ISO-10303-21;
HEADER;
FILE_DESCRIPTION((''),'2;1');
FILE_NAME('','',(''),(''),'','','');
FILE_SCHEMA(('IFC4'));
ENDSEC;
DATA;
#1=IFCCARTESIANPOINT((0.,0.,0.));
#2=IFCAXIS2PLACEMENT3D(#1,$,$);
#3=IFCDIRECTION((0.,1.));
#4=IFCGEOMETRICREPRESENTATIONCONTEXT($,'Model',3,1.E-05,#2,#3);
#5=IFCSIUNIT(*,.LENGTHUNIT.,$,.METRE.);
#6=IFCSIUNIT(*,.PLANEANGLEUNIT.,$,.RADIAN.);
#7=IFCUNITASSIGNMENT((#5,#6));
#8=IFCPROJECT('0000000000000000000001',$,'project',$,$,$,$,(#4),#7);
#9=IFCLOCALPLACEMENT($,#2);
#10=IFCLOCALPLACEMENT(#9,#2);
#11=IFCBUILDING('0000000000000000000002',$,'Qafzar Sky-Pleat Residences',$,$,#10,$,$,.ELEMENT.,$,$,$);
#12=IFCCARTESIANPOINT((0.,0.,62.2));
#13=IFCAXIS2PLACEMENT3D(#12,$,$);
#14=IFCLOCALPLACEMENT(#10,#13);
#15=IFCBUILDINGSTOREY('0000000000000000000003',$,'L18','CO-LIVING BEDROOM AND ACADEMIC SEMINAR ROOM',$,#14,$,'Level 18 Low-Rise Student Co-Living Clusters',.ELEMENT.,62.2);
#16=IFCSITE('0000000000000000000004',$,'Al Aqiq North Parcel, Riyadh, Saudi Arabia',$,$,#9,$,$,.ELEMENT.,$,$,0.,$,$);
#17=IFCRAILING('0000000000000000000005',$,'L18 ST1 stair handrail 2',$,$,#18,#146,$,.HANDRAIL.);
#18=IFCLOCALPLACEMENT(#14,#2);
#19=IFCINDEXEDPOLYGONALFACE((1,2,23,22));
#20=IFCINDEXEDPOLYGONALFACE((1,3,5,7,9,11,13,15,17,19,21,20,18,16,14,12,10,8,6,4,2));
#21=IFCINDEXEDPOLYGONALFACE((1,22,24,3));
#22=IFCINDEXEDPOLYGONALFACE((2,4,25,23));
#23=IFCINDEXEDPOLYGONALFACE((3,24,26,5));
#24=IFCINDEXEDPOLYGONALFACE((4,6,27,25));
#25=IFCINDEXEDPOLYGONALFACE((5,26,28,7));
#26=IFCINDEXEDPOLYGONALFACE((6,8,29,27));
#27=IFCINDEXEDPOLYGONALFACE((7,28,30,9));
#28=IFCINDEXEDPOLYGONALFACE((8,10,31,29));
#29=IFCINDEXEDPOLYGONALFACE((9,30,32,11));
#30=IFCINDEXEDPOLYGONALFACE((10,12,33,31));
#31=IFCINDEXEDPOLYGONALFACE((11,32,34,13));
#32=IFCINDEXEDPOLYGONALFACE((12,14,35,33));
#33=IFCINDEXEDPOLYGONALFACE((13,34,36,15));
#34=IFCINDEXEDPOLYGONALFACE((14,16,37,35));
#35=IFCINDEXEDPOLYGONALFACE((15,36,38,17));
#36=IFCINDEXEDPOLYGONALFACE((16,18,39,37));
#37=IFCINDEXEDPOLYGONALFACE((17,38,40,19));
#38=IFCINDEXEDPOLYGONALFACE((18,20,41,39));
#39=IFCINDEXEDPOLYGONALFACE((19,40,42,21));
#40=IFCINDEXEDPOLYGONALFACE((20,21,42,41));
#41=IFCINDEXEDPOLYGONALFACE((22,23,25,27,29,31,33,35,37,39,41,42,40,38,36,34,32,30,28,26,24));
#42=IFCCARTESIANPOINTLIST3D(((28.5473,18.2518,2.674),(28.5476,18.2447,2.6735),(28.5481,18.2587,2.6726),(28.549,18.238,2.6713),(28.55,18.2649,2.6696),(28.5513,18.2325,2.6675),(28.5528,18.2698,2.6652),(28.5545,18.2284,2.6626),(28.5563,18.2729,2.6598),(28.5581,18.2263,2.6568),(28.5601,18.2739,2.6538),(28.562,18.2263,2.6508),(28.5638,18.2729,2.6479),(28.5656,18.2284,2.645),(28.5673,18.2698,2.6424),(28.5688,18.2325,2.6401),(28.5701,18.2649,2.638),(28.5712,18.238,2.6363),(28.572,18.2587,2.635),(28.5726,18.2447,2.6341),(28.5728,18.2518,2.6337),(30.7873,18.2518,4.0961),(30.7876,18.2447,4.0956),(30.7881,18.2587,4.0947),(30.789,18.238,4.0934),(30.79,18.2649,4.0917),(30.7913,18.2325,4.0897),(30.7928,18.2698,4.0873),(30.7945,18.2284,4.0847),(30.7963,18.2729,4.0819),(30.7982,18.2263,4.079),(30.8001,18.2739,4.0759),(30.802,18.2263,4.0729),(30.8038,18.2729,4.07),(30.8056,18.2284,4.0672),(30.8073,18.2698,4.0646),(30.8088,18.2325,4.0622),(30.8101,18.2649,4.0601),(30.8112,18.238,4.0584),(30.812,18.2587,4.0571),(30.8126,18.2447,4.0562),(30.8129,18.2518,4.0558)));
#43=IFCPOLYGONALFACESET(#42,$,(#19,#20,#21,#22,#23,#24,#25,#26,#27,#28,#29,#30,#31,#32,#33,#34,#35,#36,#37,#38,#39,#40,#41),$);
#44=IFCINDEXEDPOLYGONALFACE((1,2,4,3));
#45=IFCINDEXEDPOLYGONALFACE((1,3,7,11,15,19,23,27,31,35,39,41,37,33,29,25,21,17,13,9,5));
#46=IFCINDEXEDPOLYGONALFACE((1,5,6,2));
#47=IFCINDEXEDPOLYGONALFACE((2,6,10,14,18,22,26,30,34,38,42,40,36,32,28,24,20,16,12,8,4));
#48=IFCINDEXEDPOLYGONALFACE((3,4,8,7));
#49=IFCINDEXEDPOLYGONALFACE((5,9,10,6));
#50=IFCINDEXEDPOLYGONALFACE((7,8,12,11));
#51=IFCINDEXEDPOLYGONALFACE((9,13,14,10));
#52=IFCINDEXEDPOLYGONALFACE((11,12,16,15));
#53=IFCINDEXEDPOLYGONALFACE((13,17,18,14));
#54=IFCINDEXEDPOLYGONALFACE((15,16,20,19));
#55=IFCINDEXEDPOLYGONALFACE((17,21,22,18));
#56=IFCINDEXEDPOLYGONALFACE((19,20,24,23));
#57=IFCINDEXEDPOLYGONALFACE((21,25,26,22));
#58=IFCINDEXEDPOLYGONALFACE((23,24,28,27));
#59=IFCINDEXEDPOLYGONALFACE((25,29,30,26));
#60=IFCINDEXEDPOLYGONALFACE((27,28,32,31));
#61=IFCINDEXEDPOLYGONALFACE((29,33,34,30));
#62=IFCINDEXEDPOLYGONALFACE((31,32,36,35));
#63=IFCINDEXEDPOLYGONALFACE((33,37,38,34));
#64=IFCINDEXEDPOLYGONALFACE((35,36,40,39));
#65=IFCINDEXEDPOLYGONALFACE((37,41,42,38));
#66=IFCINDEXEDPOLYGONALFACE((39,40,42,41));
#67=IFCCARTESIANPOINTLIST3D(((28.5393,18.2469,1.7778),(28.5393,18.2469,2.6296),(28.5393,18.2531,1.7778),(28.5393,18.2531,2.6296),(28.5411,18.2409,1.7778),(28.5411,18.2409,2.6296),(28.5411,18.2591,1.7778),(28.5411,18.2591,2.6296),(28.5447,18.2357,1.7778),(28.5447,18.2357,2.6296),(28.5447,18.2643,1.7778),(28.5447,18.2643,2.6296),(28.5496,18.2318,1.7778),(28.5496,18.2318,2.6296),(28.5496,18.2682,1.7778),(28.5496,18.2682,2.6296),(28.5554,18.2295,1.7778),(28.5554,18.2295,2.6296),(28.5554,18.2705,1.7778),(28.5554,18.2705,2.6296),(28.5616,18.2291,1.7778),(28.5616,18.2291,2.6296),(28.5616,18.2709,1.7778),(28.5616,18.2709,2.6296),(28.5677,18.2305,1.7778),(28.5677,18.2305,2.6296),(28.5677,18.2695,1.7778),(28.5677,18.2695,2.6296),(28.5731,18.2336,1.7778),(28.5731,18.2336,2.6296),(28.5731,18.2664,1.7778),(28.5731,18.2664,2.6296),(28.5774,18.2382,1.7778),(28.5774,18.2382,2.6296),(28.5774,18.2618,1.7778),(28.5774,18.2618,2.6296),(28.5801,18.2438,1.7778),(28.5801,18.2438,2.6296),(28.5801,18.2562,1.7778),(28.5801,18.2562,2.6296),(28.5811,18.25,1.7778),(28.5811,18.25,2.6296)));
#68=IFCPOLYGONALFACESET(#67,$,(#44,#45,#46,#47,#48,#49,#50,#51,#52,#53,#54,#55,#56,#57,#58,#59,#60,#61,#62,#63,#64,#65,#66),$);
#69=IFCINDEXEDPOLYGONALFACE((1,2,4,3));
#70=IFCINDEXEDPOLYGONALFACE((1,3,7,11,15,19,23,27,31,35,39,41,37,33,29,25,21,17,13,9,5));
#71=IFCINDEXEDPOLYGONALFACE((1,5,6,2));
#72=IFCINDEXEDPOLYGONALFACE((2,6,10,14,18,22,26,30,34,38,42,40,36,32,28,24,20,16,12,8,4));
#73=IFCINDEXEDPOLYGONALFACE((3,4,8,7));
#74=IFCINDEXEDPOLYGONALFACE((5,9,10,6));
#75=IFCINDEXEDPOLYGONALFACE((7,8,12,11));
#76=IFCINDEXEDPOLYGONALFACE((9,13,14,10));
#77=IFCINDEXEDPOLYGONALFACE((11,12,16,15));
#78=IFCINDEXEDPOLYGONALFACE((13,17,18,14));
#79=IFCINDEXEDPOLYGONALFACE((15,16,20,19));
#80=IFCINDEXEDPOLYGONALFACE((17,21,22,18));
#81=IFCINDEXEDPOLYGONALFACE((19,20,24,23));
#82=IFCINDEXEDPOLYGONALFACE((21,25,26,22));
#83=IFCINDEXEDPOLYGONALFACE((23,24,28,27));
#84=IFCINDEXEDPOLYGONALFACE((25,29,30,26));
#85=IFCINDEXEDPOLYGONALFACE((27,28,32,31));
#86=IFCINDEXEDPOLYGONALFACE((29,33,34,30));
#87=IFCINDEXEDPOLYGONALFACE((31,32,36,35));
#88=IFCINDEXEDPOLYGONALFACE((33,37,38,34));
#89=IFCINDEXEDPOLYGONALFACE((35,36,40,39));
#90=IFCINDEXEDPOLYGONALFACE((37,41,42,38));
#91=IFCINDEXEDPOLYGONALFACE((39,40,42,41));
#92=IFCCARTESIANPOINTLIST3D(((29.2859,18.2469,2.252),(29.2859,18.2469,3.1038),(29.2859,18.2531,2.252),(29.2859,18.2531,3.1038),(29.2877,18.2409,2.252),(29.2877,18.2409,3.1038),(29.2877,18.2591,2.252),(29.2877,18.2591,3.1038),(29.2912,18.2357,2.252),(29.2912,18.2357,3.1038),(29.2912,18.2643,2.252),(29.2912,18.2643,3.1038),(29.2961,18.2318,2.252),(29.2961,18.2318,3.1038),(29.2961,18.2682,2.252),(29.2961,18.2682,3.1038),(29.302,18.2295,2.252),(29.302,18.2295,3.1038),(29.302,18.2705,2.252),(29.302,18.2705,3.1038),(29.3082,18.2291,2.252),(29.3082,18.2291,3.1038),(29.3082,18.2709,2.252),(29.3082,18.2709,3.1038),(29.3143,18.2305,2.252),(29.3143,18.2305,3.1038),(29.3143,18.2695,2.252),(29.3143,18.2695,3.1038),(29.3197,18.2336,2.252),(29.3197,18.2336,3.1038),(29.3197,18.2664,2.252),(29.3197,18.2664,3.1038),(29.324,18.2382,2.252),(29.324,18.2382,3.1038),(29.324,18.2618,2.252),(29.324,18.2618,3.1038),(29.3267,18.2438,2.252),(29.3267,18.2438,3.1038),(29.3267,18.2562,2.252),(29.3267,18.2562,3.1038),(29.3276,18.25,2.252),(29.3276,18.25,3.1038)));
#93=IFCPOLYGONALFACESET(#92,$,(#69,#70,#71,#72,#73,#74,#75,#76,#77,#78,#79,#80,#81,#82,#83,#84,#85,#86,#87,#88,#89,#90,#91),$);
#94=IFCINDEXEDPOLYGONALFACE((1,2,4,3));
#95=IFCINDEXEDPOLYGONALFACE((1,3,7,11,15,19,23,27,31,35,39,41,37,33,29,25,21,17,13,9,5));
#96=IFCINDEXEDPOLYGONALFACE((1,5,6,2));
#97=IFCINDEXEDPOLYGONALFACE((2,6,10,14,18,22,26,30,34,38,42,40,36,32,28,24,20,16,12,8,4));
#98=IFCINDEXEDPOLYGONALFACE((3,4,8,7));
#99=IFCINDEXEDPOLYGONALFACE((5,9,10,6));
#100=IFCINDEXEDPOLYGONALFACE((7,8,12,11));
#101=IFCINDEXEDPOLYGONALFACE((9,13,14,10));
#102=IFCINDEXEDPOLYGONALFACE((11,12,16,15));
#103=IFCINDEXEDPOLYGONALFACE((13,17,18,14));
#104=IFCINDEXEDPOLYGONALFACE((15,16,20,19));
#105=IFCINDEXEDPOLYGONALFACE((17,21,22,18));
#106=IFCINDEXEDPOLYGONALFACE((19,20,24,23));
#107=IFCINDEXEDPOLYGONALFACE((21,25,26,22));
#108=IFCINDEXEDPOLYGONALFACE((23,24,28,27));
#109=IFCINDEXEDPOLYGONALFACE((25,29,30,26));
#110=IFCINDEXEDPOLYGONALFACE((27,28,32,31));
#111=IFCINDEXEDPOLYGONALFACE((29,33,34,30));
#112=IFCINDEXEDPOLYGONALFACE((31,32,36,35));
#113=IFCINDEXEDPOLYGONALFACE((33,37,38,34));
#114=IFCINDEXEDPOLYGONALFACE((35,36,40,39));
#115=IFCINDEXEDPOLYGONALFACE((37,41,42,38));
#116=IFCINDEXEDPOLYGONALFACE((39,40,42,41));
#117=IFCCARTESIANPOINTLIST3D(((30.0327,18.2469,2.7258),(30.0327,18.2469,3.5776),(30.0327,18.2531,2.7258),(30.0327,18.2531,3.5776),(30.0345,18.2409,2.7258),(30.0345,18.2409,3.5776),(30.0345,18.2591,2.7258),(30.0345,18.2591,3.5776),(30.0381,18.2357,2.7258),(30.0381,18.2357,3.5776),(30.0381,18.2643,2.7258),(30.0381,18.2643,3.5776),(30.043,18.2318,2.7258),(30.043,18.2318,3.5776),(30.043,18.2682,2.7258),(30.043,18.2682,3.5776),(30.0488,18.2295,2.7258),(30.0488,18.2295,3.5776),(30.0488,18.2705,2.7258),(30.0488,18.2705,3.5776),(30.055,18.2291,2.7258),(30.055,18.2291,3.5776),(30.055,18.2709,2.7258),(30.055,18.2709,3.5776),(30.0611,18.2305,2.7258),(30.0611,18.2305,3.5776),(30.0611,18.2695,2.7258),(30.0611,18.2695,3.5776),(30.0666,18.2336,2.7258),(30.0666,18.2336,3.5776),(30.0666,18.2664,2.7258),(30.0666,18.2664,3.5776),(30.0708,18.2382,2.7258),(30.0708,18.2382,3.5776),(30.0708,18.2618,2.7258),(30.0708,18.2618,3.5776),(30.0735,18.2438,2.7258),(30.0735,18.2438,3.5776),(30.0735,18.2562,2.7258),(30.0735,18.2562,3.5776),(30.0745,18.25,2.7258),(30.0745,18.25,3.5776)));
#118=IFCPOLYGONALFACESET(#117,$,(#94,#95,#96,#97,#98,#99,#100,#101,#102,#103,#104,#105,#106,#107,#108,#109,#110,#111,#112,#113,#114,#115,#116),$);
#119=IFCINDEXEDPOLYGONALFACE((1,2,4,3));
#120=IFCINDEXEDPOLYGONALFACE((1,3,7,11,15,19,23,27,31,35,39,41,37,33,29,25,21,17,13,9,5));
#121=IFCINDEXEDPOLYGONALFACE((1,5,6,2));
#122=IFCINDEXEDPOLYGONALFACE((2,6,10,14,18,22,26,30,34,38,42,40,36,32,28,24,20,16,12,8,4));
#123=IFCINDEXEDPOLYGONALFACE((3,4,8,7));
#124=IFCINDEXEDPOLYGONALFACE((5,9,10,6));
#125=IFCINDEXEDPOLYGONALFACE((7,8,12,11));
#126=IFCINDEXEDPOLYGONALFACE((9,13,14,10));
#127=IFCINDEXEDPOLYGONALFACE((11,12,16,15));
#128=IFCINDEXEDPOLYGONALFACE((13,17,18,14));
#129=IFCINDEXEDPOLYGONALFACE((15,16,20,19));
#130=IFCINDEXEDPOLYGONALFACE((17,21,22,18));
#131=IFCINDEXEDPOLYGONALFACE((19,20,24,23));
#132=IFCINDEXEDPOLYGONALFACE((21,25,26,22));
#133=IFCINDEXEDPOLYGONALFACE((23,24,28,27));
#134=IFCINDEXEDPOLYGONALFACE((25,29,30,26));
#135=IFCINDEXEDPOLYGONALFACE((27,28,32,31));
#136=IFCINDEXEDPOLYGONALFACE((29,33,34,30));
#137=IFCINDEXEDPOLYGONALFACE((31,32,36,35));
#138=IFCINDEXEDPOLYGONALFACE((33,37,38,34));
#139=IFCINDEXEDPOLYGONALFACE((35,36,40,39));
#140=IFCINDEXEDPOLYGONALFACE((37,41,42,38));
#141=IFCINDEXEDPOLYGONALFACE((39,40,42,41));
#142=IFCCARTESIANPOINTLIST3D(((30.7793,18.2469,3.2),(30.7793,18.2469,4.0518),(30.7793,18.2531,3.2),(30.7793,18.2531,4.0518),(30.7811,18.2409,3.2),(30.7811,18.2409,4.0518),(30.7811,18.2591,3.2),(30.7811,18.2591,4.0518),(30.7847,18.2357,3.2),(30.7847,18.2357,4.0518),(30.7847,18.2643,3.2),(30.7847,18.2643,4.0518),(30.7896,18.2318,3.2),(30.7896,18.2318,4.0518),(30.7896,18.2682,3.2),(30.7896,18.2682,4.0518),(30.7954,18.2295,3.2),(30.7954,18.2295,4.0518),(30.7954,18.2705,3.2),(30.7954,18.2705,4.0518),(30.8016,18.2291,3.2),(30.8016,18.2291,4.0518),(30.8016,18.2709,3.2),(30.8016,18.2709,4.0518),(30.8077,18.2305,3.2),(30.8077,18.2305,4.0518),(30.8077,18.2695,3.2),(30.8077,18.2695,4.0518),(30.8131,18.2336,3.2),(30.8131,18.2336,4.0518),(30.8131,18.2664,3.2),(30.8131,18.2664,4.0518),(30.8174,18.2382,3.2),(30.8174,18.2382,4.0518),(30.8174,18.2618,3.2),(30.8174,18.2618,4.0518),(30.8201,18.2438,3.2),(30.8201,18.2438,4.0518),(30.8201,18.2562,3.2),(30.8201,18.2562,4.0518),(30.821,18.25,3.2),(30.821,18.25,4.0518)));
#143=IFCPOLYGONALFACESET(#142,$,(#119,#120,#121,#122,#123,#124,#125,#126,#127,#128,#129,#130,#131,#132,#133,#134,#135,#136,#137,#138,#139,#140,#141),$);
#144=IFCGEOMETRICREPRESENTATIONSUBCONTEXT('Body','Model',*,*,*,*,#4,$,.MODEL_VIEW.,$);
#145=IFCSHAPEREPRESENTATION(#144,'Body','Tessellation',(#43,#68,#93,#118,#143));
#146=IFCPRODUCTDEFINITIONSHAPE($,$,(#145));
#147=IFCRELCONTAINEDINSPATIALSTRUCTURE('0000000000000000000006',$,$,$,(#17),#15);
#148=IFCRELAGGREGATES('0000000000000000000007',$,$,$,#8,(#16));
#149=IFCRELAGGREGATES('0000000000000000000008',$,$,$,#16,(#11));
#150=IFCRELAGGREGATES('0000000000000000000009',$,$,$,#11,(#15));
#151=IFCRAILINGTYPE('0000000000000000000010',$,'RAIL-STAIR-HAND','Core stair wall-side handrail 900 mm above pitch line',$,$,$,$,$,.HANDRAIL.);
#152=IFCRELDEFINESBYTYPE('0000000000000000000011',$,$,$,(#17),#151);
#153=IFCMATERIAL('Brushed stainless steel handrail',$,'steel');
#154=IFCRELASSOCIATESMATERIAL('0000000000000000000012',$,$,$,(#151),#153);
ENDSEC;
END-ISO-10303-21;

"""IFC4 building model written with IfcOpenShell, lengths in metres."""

from ifc_helpers import new_model, si_unit, direction, frame, origin, origin_2d, place, context, subcontext, project, spatial, circle, extrude, source, transform, mapped, material, type_object, element, save


model = new_model("IFC4")

# Units and contexts
model_context = context("Model", 3, precision=1e-05, world=origin(), true_north=direction((0.0, 1.0)))
body_context = subcontext(model_context, "Body", "Model", "MODEL_VIEW")
ifc_project = project(units=[si_unit("LENGTHUNIT", "METRE"), si_unit("PLANEANGLEUNIT", "RADIAN")], contexts=[model_context])

# Site, building, storey
site_placement = place(None, origin())
site = spatial("IfcSite", under=ifc_project, at=site_placement, Name="Al Aqiq North Parcel, Riyadh, Saudi Arabia", CompositionType="ELEMENT", RefElevation=0.0)
building_placement = place(site_placement, origin())
building = spatial("IfcBuilding", under=site, at=building_placement, Name="Qafzar Sky-Pleat Residences", CompositionType="ELEMENT")
storey_placement = place(building_placement, frame((0.0, 0.0, 62.2)))
storey = spatial("IfcBuildingStorey", under=building, at=storey_placement, Name="L18", Description="CO-LIVING BEDROOM AND ACADEMIC SEMINAR ROOM", LongName="Level 18 Low-Rise Student Co-Living Clusters", CompositionType="ELEMENT", Elevation=62.2)

# Railing
ifc_material_1 = material(Name="Brushed stainless steel handrail", Category="steel")
railing_type_1 = type_object("IfcRailingType", Name="RAIL-STAIR-HAND", Description="Core stair wall-side handrail 900 mm above pitch line", PredefinedType="HANDRAIL", material=ifc_material_1)
shared_shape_1 = source(origin(), body_context, "Body", "SweptSolid", [
    extrude(circle(Radius=0.0239, at=origin_2d()), frame((0.0, 0.0, 0.876), z_axis=(0.844229, 0.0, 0.535982), x_axis=(0.0, 1.0, 0.0)), (0.0, 0.0, 1.0), 2.6533),
    extrude(circle(Radius=0.021, at=origin_2d()), origin(), (0.0, 0.0, 1.0), 0.8518),
    extrude(circle(Radius=0.021, at=origin_2d()), frame((0.7466, 0.0, 0.4741)), (0.0, 0.0, 1.0), 0.8518),
    extrude(circle(Radius=0.021, at=origin_2d()), frame((1.4934, 0.0, 0.948)), (0.0, 0.0, 1.0), 0.8518),
    extrude(circle(Radius=0.021, at=origin_2d()), frame((2.24, 0.0, 1.4221)), (0.0, 0.0, 1.0), 0.8518),
])
railing_1_placement = place(storey_placement, frame((28.5601, 18.25, 1.7778)))
element("IfcRailing", 1, at=railing_1_placement, inside=storey, type_object=railing_type_1, Name="L18 ST1 stair handrail 2", PredefinedType="HANDRAIL", context=body_context, shape_type="MappedRepresentation", body=[
    mapped(shared_shape_1, transform((0.0, 0.0, 0.0), x_axis=(1.0, 0.0, 0.0), y_axis=(0.0, 1.0, 0.0), z_axis=(0.0, 0.0, 1.0), scale=1.0)),
])

save(model, "model.ifc")
